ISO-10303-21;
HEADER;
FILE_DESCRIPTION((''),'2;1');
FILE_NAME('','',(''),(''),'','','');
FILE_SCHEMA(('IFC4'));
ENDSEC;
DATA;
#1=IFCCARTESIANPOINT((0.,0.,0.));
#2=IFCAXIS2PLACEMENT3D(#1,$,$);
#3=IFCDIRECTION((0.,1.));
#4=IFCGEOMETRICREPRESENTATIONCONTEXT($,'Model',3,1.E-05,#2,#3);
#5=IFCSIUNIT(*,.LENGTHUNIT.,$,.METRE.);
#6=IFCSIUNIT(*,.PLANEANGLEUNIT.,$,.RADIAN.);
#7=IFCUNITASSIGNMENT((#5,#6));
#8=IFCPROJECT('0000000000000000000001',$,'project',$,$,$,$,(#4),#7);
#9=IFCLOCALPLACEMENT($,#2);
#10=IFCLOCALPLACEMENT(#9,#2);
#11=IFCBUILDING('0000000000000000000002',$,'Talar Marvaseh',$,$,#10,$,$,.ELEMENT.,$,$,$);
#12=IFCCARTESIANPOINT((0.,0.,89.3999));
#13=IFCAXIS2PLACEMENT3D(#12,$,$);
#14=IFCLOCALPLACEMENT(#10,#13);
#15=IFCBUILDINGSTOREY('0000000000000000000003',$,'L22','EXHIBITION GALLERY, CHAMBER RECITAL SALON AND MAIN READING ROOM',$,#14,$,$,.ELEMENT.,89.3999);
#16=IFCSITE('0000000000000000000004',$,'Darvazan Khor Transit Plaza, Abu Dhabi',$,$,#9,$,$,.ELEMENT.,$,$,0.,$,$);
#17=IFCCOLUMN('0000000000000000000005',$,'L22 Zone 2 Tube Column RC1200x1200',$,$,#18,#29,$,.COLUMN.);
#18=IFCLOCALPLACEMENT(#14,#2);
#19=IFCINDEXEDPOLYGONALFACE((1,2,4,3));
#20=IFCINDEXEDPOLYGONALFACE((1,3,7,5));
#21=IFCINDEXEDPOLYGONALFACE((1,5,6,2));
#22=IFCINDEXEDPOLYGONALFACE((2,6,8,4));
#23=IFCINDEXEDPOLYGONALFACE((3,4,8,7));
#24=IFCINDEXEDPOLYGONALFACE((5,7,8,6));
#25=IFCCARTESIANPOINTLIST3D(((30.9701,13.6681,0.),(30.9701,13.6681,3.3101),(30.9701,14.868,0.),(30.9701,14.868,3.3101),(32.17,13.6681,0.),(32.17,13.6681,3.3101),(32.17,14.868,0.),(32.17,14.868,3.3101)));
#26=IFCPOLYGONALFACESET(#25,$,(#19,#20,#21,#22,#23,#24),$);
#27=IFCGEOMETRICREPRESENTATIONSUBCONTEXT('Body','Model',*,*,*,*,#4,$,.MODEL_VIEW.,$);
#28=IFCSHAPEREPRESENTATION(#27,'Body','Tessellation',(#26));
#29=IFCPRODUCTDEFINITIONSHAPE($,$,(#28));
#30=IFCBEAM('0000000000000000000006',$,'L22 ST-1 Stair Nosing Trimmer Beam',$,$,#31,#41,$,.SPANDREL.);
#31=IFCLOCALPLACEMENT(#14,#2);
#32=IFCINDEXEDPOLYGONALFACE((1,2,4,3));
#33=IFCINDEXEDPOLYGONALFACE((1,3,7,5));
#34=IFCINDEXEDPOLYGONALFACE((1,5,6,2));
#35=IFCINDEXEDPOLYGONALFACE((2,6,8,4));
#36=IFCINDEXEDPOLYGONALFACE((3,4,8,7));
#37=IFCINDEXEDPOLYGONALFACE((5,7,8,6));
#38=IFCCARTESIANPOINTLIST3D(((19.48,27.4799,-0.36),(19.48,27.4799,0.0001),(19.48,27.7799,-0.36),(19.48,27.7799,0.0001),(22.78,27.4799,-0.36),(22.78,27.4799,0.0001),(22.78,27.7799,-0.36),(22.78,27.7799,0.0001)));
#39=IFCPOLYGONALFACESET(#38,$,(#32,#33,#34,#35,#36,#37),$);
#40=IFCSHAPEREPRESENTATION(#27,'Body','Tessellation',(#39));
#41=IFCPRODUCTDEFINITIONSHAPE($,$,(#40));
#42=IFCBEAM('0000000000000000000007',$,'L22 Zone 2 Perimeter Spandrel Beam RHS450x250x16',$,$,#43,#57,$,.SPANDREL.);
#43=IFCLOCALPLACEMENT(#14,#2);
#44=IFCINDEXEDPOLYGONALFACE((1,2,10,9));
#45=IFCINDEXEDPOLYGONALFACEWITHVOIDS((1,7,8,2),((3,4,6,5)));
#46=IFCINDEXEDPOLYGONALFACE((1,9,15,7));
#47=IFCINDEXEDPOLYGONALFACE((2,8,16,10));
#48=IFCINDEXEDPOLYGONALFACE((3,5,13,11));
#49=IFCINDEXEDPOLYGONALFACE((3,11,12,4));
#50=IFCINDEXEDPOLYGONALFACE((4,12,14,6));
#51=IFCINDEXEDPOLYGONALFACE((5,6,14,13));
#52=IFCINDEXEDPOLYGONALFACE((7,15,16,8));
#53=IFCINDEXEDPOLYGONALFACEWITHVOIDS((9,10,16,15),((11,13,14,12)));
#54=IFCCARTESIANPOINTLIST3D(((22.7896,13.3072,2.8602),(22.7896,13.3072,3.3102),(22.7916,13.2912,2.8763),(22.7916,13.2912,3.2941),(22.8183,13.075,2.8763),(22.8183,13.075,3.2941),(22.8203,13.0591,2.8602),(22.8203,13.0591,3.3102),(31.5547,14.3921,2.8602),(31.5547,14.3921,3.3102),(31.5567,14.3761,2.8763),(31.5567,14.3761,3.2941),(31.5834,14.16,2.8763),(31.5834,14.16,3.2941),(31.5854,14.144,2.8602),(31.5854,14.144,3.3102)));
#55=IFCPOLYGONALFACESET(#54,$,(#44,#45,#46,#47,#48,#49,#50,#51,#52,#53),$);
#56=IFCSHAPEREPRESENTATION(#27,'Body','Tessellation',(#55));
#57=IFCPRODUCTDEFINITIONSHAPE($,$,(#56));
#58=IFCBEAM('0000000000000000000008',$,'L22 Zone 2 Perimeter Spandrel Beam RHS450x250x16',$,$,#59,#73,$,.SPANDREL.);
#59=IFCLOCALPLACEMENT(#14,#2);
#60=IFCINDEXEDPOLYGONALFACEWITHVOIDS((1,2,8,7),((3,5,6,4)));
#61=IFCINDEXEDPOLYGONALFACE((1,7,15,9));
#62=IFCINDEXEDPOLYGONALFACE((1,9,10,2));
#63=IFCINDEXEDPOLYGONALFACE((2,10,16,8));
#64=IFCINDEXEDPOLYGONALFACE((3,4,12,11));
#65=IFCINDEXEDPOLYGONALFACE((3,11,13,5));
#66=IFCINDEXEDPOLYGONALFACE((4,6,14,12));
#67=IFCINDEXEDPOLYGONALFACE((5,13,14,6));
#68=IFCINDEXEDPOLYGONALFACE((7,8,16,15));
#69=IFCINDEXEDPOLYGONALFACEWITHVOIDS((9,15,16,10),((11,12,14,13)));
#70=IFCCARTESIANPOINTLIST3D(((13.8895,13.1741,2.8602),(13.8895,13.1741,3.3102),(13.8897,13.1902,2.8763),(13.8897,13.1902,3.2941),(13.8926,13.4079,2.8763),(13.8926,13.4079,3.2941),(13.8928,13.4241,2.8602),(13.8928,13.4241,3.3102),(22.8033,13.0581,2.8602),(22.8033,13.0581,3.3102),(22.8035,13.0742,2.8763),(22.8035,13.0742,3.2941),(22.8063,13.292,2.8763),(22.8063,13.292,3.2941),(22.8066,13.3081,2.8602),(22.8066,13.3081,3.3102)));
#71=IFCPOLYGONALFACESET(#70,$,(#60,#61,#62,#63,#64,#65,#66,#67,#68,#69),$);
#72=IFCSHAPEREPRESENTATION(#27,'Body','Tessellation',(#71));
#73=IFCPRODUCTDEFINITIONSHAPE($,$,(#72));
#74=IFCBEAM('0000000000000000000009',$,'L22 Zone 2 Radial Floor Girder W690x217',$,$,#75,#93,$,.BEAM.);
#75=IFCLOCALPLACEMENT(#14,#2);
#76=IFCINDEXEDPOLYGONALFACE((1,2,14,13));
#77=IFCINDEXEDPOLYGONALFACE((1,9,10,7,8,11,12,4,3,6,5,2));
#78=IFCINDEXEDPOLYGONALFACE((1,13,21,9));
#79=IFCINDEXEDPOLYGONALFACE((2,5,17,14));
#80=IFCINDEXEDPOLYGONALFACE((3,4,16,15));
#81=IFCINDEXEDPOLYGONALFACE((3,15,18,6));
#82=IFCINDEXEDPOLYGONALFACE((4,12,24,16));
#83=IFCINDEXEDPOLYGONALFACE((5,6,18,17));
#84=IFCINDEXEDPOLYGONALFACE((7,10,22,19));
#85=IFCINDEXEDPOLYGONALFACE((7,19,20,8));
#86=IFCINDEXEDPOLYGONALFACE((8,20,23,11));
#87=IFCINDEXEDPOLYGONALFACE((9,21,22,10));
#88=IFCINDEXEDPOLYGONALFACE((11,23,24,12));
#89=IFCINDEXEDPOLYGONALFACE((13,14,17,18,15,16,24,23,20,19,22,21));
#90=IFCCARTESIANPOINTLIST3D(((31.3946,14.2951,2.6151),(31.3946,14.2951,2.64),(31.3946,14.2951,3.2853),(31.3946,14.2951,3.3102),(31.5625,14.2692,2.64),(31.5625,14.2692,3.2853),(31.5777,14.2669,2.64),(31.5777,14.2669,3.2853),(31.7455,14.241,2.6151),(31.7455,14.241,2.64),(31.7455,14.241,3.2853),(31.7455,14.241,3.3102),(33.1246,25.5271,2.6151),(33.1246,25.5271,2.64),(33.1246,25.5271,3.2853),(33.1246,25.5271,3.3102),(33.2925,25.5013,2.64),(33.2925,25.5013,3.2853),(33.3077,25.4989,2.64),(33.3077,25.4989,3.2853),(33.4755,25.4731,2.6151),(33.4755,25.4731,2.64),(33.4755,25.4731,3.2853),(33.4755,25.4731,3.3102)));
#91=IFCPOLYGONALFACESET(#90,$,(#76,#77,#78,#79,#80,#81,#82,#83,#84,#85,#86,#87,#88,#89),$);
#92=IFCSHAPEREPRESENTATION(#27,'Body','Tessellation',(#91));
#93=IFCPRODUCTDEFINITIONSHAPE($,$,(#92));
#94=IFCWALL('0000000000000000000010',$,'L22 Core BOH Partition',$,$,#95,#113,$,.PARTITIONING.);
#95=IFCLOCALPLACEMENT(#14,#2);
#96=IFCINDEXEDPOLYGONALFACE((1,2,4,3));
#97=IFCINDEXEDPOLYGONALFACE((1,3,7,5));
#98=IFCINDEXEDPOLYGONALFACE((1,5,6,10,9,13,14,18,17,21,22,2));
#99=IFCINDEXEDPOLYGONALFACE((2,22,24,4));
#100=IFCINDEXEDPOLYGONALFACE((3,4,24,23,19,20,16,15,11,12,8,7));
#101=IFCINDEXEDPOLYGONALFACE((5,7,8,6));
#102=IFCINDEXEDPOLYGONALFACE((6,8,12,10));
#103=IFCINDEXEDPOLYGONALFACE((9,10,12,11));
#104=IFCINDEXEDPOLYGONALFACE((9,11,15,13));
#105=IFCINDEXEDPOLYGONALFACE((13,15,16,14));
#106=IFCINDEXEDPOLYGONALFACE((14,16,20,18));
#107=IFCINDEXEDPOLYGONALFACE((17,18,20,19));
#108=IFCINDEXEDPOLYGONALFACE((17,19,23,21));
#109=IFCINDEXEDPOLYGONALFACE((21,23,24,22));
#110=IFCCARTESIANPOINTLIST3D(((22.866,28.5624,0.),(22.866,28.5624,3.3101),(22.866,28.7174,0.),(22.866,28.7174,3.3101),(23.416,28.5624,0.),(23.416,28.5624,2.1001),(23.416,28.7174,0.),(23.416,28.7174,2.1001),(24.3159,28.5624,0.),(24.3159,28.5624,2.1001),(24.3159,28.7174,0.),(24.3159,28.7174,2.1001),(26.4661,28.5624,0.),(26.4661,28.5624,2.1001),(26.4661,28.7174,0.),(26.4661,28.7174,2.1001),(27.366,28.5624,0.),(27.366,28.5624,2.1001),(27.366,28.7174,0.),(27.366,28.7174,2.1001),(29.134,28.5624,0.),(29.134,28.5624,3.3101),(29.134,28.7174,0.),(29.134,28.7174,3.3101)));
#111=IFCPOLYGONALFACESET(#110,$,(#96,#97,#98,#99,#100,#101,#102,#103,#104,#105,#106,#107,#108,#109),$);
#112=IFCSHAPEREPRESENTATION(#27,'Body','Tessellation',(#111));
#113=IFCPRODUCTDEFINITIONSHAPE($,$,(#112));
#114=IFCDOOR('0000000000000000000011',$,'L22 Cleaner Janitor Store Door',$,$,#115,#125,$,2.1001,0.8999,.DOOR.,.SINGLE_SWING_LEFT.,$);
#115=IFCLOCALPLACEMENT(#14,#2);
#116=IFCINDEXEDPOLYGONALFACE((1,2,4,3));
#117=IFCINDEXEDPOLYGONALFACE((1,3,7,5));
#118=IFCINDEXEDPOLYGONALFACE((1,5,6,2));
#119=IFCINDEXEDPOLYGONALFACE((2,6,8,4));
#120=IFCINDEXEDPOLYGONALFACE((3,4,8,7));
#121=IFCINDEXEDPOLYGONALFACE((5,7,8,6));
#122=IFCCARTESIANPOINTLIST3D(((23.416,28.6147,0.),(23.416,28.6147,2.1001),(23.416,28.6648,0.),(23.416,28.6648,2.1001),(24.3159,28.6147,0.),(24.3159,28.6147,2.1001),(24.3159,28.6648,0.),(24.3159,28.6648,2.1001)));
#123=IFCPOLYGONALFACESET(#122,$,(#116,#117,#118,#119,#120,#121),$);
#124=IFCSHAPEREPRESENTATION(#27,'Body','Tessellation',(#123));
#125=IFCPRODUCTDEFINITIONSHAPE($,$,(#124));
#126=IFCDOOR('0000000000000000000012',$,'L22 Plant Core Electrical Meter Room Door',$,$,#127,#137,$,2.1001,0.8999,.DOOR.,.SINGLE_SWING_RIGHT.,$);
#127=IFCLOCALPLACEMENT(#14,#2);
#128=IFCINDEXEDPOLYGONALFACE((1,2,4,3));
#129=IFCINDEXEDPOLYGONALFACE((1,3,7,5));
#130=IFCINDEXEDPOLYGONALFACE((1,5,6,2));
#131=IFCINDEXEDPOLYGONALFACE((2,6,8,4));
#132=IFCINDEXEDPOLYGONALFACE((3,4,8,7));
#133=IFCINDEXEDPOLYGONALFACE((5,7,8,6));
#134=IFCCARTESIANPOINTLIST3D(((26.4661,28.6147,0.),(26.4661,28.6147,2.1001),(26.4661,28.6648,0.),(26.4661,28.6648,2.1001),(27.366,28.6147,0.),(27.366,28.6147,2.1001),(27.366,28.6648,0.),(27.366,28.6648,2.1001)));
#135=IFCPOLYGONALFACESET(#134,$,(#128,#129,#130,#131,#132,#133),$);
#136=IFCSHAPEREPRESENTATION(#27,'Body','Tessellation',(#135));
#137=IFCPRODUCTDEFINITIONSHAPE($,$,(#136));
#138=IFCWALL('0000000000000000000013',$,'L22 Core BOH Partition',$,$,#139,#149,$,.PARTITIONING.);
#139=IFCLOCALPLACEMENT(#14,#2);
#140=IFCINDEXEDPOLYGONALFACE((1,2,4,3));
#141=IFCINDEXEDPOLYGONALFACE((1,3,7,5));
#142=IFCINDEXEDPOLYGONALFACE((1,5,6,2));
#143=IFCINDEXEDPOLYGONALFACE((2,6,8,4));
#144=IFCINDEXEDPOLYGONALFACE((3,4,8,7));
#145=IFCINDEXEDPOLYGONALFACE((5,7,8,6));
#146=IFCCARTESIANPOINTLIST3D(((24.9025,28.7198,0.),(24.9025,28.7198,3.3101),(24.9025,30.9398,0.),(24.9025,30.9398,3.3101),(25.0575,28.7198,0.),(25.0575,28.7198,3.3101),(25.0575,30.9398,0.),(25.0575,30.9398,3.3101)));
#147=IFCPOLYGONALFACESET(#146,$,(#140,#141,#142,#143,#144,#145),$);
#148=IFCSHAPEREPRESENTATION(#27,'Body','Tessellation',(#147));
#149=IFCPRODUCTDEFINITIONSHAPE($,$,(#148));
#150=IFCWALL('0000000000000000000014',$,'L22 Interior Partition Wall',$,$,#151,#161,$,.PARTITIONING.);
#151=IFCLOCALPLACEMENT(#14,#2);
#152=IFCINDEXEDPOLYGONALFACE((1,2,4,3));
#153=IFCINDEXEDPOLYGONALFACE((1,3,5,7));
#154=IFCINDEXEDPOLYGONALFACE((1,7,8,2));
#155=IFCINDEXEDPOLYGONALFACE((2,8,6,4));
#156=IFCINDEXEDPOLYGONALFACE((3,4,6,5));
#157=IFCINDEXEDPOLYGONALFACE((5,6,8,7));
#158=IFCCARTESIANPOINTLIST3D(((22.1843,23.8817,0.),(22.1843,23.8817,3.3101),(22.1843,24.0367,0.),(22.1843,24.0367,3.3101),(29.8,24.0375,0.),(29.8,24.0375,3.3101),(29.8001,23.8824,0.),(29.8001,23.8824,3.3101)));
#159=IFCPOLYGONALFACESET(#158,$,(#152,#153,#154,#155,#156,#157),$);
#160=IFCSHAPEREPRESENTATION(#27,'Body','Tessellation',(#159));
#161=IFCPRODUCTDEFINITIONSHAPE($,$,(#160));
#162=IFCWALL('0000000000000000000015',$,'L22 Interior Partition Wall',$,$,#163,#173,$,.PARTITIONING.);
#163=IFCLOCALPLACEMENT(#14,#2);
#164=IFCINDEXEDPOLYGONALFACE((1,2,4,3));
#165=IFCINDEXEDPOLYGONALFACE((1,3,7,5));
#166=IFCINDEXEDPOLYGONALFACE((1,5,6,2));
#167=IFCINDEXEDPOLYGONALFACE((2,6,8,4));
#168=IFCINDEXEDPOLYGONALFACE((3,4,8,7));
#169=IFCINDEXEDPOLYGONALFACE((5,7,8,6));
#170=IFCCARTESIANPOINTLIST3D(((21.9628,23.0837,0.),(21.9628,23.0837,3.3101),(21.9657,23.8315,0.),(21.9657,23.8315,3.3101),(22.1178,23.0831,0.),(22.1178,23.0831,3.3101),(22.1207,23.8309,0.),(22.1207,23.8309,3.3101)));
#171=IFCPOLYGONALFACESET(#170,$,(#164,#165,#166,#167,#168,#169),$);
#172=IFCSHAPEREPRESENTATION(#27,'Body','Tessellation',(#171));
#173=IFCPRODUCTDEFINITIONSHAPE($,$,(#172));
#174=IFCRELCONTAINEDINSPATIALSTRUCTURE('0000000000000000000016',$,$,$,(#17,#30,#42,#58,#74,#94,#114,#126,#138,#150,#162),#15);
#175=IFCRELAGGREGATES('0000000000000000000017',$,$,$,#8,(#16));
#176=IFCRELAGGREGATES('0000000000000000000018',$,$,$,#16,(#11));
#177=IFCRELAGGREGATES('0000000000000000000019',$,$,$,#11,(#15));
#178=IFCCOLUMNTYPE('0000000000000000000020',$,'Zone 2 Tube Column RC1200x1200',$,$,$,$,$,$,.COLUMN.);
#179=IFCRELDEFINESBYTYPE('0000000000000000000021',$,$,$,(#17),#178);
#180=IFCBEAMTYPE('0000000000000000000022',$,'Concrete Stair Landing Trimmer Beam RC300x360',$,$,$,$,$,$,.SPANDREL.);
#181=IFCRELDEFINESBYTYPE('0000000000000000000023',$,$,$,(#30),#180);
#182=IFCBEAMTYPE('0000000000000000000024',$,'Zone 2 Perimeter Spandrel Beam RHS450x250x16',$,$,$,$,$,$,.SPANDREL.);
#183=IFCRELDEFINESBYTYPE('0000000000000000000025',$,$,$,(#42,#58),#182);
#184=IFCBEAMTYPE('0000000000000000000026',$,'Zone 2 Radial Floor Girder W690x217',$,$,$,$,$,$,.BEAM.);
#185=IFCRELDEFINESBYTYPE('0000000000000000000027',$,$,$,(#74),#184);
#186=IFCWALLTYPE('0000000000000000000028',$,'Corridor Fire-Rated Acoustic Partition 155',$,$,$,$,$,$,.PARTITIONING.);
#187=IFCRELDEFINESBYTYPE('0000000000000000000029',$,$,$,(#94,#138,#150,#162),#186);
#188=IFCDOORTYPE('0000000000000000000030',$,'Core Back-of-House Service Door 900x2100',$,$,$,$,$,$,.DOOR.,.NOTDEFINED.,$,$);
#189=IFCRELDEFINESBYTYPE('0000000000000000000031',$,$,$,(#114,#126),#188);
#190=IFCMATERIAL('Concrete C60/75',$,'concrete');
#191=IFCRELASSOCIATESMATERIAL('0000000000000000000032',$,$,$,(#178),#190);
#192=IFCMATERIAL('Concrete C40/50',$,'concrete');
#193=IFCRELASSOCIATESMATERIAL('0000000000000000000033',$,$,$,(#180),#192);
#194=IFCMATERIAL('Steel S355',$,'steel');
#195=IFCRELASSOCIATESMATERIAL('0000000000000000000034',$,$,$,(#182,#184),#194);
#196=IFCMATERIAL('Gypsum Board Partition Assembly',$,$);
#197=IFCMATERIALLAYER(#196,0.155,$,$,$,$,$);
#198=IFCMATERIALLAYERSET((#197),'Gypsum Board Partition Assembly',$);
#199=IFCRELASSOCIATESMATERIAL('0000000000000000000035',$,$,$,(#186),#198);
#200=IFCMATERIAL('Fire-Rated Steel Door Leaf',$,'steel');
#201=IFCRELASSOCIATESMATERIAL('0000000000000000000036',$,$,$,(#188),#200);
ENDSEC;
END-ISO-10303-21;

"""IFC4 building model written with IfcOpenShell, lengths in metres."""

from ifc_helpers import new_model, si_unit, direction, frame, frame_2d, origin, origin_2d, place, context, subcontext, project, spatial, rectangle, hollow_rectangle, i_section, extrude, source, transform, mapped, material, layer, layer_set, material_profile, profile_set, type_object, type_shapes, element, fill, save


model = new_model("IFC4")

# Units and contexts
model_context = context("Model", 3, precision=1e-05, world=origin(), true_north=direction((0.0, 1.0)))
body_context = subcontext(model_context, "Body", "Model", "MODEL_VIEW")
ifc_project = project(units=[si_unit("LENGTHUNIT", "METRE"), si_unit("PLANEANGLEUNIT", "RADIAN")], contexts=[model_context])

# Site, building, storey
site_placement = place(None, origin())
site = spatial("IfcSite", under=ifc_project, at=site_placement, Name="Darvazan Khor Transit Plaza, Abu Dhabi", CompositionType="ELEMENT", RefElevation=0.0)
building_placement = place(site_placement, origin())
building = spatial("IfcBuilding", under=site, at=building_placement, Name="Talar Marvaseh", CompositionType="ELEMENT")
storey_placement = place(building_placement, frame((0.0, 0.0, 89.3999)))
storey = spatial("IfcBuildingStorey", under=building, at=storey_placement, Name="L22", Description="EXHIBITION GALLERY, CHAMBER RECITAL SALON AND MAIN READING ROOM", CompositionType="ELEMENT", Elevation=89.3999)

# Column
ifc_material_1 = material(Name="Concrete C60/75", Category="concrete")
ifc_material_profile_1 = material_profile(ifc_material_1, rectangle(XDim=1.2, YDim=1.2, at=origin_2d()), Name="RC1200x1200")
ifc_profile_set_1 = profile_set([ifc_material_profile_1], Name="Concrete C60/75")
column_type = type_object("IfcColumnType", Name="Zone 2 Tube Column RC1200x1200", PredefinedType="COLUMN", material=ifc_profile_set_1)
column_placement = place(storey_placement, frame((31.5701, 14.2681, 0.0), z_axis=(0.0, 0.0, 1.0), x_axis=(1.0, 0.0, 0.0)))
element("IfcColumn", 1, at=column_placement, inside=storey, type_object=column_type, Name="L22 Zone 2 Tube Column RC1200x1200", PredefinedType="COLUMN", context=body_context, shape_type="SweptSolid", body=[
    extrude(rectangle(XDim=1.2, YDim=1.2, at=origin_2d()), origin(), (0.0, 0.0, 1.0), 3.3101),
])

# Beams
ifc_material_2 = material(Name="Concrete C40/50", Category="concrete")
ifc_material_profile_2 = material_profile(ifc_material_2, rectangle(XDim=0.3, YDim=0.3601, at=origin_2d()), Name="RC300x360")
ifc_profile_set_2 = profile_set([ifc_material_profile_2], Name="Concrete C40/50")
beam_type_1 = type_object("IfcBeamType", Name="Concrete Stair Landing Trimmer Beam RC300x360", PredefinedType="SPANDREL", material=ifc_profile_set_2)
beam_1_placement = place(storey_placement, frame((22.78, 27.6299, -0.1799), z_axis=(-1.0, 0.0, 0.0), x_axis=(0.0, -1.0, 0.0)))
element("IfcBeam", 2, at=beam_1_placement, inside=storey, type_object=beam_type_1, Name="L22 ST-1 Stair Nosing Trimmer Beam", PredefinedType="SPANDREL", context=body_context, shape_type="SweptSolid", body=[
    extrude(rectangle(XDim=0.3, YDim=0.3601, at=origin_2d()), origin(), (0.0, 0.0, 1.0), 3.3),
])
ifc_material_3 = material(Name="Steel S355", Category="steel")
ifc_material_profile_3 = material_profile(ifc_material_3, hollow_rectangle(XDim=0.25, YDim=0.45, WallThickness=0.0161, at=origin_2d()), Name="RHS450x250x16")
ifc_profile_set_3 = profile_set([ifc_material_profile_3], Name="Steel S355")
beam_type_2 = type_object("IfcBeamType", Name="Zone 2 Perimeter Spandrel Beam RHS450x250x16", PredefinedType="SPANDREL", material=ifc_profile_set_3)
beam_2_placement = place(storey_placement, frame((31.5701, 14.2681, 3.0852), z_axis=(-0.992426, -0.122844, 0.0), x_axis=(0.122844, -0.992426, 0.0)))
element("IfcBeam", 3, at=beam_2_placement, inside=storey, type_object=beam_type_2, Name="L22 Zone 2 Perimeter Spandrel Beam RHS450x250x16", PredefinedType="SPANDREL", context=body_context, shape_type="SweptSolid", body=[
    extrude(hollow_rectangle(XDim=0.25, YDim=0.45, WallThickness=0.0161, at=origin_2d()), origin(), (0.0, 0.0, 1.0), 8.832),
])
beam_3_placement = place(storey_placement, frame((22.8049, 13.1831, 3.0852), z_axis=(-0.999915, 0.013009, 0.0), x_axis=(-0.013009, -0.999915, 0.0)))
element("IfcBeam", 4, at=beam_3_placement, inside=storey, type_object=beam_type_2, Name="L22 Zone 2 Perimeter Spandrel Beam RHS450x250x16", PredefinedType="SPANDREL", context=body_context, shape_type="SweptSolid", body=[
    extrude(hollow_rectangle(XDim=0.25, YDim=0.45, WallThickness=0.0161, at=origin_2d()), origin(), (0.0, 0.0, 1.0), 8.9146),
])
ifc_material_profile_4 = material_profile(ifc_material_3, i_section(OverallWidth=0.355, OverallDepth=0.6951, WebThickness=0.0154, FlangeThickness=0.0249, at=origin_2d()), Name="W690x217")
ifc_profile_set_4 = profile_set([ifc_material_profile_4], Name="Steel S355")
beam_type_3 = type_object("IfcBeamType", Name="Zone 2 Radial Floor Girder W690x217", PredefinedType="BEAM", material=ifc_profile_set_4)
beam_4_placement = place(storey_placement, frame((31.5701, 14.2681, 2.9626), z_axis=(0.152228, 0.988345, 0.0), x_axis=(-0.988345, 0.152228, 0.0)))
element("IfcBeam", 5, at=beam_4_placement, inside=storey, type_object=beam_type_3, Name="L22 Zone 2 Radial Floor Girder W690x217", PredefinedType="BEAM", context=body_context, shape_type="SweptSolid", body=[
    extrude(i_section(OverallWidth=0.355, OverallDepth=0.6951, WebThickness=0.0154, FlangeThickness=0.0249, at=origin_2d()), origin(), (0.0, 0.0, 1.0), 11.3645),
])

# Wall, openings, doors
ifc_material_4 = material(Name="Gypsum Board Partition Assembly")
ifc_layer_1 = layer(ifc_material_4, 0.155)
ifc_layer_set_1 = layer_set([ifc_layer_1], Name="Gypsum Board Partition Assembly")
wall_type_1 = type_object("IfcWallType", Name="Corridor Fire-Rated Acoustic Partition 155", PredefinedType="PARTITIONING", material=ifc_layer_set_1)
wall_1_placement = place(storey_placement, frame((22.866, 28.6399, 0.0), z_axis=(0.0, 0.0, 1.0), x_axis=(1.0, 0.0, 0.0)))
wall_1 = element("IfcWall", 6, at=wall_1_placement, inside=storey, type_object=wall_type_1, Name="L22 Core BOH Partition", PredefinedType="PARTITIONING", context=body_context, shape_type="SweptSolid", body=[
    extrude(rectangle(XDim=6.2681, YDim=0.155, at=frame_2d((3.134, 0.0))), origin(), (0.0, 0.0, 1.0), 3.3101),
])
opening_1_placement = place(wall_1_placement, frame((0.55, 0.0, 0.0)))
opening_1 = element("IfcOpeningElement", 7, at=opening_1_placement, cuts=wall_1, PredefinedType="OPENING", context=body_context, shape_type="SweptSolid", body=[
    extrude(rectangle(XDim=0.8999, YDim=2.1001, at=frame_2d((0.45, 1.05))), frame((0.0, 0.0874, 0.0), z_axis=(0.0, -1.0, 0.0), x_axis=(1.0, 0.0, 0.0)), (0.0, 0.0, 1.0), 0.175),
])
opening_2_placement = place(wall_1_placement, frame((3.6001, 0.0, 0.0)))
opening_2 = element("IfcOpeningElement", 8, at=opening_2_placement, cuts=wall_1, PredefinedType="OPENING", context=body_context, shape_type="SweptSolid", body=[
    extrude(rectangle(XDim=0.8999, YDim=2.1001, at=frame_2d((0.45, 1.05))), frame((0.0, 0.0874, 0.0), z_axis=(0.0, -1.0, 0.0), x_axis=(1.0, 0.0, 0.0)), (0.0, 0.0, 1.0), 0.175),
])
ifc_material_5 = material(Name="Fire-Rated Steel Door Leaf", Category="steel")
door_type_1 = type_object("IfcDoorType", Name="Core Back-of-House Service Door 900x2100", OperationType="NOTDEFINED", PredefinedType="DOOR", material=ifc_material_5)
shared_shape_1 = source(origin(), body_context, "Body", "SweptSolid", [
    extrude(rectangle(XDim=0.8999, YDim=2.1001, at=frame_2d((0.45, 1.05))), frame((0.0, 0.0249, 0.0), z_axis=(0.0, -1.0, 0.0), x_axis=(1.0, 0.0, 0.0)), (0.0, 0.0, 1.0), 0.05),
])
type_shapes(door_type_1, [shared_shape_1])
door_1_placement = place(opening_1_placement, origin())
door_1 = element("IfcDoor", 9, at=door_1_placement, inside=storey, type_object=door_type_1, Name="L22 Cleaner Janitor Store Door", OperationType="SINGLE_SWING_LEFT", OverallHeight=2.1001, OverallWidth=0.8999, PredefinedType="DOOR", context=body_context, shape_type="MappedRepresentation", body=[
    mapped(shared_shape_1, transform((0.0, 0.0, 0.0), x_axis=(1.0, 0.0, 0.0), y_axis=(0.0, 1.0, 0.0), z_axis=(0.0, 0.0, 1.0), scale=1.0)),
])
fill(opening_1, door_1)
door_2_placement = place(opening_2_placement, origin())
door_2 = element("IfcDoor", 10, at=door_2_placement, inside=storey, type_object=door_type_1, Name="L22 Plant Core Electrical Meter Room Door", OperationType="SINGLE_SWING_RIGHT", OverallHeight=2.1001, OverallWidth=0.8999, PredefinedType="DOOR", context=body_context, shape_type="MappedRepresentation", body=[
    mapped(shared_shape_1, transform((0.0, 0.0, 0.0), x_axis=(1.0, 0.0, 0.0), y_axis=(0.0, 1.0, 0.0), z_axis=(0.0, 0.0, 1.0), scale=1.0)),
])
fill(opening_2, door_2)

# Walls
wall_2_placement = place(storey_placement, frame((24.98, 28.72, 0.0), z_axis=(0.0, 0.0, 1.0), x_axis=(0.0, 1.0, 0.0)))
element("IfcWall", 11, at=wall_2_placement, inside=storey, type_object=wall_type_1, Name="L22 Core BOH Partition", PredefinedType="PARTITIONING", context=body_context, shape_type="SweptSolid", body=[
    extrude(rectangle(XDim=2.22, YDim=0.155, at=frame_2d((1.1099, 0.0))), origin(), (0.0, 0.0, 1.0), 3.3101),
])
wall_3_placement = place(storey_placement, frame((29.8, 23.96, 0.0), z_axis=(0.0, 0.0, 1.0), x_axis=(-1.0, -0.000096, 0.0)))
element("IfcWall", 12, at=wall_3_placement, inside=storey, type_object=wall_type_1, Name="L22 Interior Partition Wall", PredefinedType="PARTITIONING", context=body_context, shape_type="SweptSolid", body=[
    extrude(rectangle(XDim=7.6157, YDim=0.155, at=frame_2d((3.8079, 0.0))), origin(), (0.0, 0.0, 1.0), 3.3101),
])
wall_4_placement = place(storey_placement, frame((22.0432, 23.8313, 0.0), z_axis=(0.0, 0.0, 1.0), x_axis=(-0.003918, -0.999992, 0.0)))
element("IfcWall", 13, at=wall_4_placement, inside=storey, type_object=wall_type_1, Name="L22 Interior Partition Wall", PredefinedType="PARTITIONING", context=body_context, shape_type="SweptSolid", body=[
    extrude(rectangle(XDim=0.7478, YDim=0.155, at=frame_2d((0.374, 0.0))), origin(), (0.0, 0.0, 1.0), 3.3101),
])

save(model, "model.ifc")
